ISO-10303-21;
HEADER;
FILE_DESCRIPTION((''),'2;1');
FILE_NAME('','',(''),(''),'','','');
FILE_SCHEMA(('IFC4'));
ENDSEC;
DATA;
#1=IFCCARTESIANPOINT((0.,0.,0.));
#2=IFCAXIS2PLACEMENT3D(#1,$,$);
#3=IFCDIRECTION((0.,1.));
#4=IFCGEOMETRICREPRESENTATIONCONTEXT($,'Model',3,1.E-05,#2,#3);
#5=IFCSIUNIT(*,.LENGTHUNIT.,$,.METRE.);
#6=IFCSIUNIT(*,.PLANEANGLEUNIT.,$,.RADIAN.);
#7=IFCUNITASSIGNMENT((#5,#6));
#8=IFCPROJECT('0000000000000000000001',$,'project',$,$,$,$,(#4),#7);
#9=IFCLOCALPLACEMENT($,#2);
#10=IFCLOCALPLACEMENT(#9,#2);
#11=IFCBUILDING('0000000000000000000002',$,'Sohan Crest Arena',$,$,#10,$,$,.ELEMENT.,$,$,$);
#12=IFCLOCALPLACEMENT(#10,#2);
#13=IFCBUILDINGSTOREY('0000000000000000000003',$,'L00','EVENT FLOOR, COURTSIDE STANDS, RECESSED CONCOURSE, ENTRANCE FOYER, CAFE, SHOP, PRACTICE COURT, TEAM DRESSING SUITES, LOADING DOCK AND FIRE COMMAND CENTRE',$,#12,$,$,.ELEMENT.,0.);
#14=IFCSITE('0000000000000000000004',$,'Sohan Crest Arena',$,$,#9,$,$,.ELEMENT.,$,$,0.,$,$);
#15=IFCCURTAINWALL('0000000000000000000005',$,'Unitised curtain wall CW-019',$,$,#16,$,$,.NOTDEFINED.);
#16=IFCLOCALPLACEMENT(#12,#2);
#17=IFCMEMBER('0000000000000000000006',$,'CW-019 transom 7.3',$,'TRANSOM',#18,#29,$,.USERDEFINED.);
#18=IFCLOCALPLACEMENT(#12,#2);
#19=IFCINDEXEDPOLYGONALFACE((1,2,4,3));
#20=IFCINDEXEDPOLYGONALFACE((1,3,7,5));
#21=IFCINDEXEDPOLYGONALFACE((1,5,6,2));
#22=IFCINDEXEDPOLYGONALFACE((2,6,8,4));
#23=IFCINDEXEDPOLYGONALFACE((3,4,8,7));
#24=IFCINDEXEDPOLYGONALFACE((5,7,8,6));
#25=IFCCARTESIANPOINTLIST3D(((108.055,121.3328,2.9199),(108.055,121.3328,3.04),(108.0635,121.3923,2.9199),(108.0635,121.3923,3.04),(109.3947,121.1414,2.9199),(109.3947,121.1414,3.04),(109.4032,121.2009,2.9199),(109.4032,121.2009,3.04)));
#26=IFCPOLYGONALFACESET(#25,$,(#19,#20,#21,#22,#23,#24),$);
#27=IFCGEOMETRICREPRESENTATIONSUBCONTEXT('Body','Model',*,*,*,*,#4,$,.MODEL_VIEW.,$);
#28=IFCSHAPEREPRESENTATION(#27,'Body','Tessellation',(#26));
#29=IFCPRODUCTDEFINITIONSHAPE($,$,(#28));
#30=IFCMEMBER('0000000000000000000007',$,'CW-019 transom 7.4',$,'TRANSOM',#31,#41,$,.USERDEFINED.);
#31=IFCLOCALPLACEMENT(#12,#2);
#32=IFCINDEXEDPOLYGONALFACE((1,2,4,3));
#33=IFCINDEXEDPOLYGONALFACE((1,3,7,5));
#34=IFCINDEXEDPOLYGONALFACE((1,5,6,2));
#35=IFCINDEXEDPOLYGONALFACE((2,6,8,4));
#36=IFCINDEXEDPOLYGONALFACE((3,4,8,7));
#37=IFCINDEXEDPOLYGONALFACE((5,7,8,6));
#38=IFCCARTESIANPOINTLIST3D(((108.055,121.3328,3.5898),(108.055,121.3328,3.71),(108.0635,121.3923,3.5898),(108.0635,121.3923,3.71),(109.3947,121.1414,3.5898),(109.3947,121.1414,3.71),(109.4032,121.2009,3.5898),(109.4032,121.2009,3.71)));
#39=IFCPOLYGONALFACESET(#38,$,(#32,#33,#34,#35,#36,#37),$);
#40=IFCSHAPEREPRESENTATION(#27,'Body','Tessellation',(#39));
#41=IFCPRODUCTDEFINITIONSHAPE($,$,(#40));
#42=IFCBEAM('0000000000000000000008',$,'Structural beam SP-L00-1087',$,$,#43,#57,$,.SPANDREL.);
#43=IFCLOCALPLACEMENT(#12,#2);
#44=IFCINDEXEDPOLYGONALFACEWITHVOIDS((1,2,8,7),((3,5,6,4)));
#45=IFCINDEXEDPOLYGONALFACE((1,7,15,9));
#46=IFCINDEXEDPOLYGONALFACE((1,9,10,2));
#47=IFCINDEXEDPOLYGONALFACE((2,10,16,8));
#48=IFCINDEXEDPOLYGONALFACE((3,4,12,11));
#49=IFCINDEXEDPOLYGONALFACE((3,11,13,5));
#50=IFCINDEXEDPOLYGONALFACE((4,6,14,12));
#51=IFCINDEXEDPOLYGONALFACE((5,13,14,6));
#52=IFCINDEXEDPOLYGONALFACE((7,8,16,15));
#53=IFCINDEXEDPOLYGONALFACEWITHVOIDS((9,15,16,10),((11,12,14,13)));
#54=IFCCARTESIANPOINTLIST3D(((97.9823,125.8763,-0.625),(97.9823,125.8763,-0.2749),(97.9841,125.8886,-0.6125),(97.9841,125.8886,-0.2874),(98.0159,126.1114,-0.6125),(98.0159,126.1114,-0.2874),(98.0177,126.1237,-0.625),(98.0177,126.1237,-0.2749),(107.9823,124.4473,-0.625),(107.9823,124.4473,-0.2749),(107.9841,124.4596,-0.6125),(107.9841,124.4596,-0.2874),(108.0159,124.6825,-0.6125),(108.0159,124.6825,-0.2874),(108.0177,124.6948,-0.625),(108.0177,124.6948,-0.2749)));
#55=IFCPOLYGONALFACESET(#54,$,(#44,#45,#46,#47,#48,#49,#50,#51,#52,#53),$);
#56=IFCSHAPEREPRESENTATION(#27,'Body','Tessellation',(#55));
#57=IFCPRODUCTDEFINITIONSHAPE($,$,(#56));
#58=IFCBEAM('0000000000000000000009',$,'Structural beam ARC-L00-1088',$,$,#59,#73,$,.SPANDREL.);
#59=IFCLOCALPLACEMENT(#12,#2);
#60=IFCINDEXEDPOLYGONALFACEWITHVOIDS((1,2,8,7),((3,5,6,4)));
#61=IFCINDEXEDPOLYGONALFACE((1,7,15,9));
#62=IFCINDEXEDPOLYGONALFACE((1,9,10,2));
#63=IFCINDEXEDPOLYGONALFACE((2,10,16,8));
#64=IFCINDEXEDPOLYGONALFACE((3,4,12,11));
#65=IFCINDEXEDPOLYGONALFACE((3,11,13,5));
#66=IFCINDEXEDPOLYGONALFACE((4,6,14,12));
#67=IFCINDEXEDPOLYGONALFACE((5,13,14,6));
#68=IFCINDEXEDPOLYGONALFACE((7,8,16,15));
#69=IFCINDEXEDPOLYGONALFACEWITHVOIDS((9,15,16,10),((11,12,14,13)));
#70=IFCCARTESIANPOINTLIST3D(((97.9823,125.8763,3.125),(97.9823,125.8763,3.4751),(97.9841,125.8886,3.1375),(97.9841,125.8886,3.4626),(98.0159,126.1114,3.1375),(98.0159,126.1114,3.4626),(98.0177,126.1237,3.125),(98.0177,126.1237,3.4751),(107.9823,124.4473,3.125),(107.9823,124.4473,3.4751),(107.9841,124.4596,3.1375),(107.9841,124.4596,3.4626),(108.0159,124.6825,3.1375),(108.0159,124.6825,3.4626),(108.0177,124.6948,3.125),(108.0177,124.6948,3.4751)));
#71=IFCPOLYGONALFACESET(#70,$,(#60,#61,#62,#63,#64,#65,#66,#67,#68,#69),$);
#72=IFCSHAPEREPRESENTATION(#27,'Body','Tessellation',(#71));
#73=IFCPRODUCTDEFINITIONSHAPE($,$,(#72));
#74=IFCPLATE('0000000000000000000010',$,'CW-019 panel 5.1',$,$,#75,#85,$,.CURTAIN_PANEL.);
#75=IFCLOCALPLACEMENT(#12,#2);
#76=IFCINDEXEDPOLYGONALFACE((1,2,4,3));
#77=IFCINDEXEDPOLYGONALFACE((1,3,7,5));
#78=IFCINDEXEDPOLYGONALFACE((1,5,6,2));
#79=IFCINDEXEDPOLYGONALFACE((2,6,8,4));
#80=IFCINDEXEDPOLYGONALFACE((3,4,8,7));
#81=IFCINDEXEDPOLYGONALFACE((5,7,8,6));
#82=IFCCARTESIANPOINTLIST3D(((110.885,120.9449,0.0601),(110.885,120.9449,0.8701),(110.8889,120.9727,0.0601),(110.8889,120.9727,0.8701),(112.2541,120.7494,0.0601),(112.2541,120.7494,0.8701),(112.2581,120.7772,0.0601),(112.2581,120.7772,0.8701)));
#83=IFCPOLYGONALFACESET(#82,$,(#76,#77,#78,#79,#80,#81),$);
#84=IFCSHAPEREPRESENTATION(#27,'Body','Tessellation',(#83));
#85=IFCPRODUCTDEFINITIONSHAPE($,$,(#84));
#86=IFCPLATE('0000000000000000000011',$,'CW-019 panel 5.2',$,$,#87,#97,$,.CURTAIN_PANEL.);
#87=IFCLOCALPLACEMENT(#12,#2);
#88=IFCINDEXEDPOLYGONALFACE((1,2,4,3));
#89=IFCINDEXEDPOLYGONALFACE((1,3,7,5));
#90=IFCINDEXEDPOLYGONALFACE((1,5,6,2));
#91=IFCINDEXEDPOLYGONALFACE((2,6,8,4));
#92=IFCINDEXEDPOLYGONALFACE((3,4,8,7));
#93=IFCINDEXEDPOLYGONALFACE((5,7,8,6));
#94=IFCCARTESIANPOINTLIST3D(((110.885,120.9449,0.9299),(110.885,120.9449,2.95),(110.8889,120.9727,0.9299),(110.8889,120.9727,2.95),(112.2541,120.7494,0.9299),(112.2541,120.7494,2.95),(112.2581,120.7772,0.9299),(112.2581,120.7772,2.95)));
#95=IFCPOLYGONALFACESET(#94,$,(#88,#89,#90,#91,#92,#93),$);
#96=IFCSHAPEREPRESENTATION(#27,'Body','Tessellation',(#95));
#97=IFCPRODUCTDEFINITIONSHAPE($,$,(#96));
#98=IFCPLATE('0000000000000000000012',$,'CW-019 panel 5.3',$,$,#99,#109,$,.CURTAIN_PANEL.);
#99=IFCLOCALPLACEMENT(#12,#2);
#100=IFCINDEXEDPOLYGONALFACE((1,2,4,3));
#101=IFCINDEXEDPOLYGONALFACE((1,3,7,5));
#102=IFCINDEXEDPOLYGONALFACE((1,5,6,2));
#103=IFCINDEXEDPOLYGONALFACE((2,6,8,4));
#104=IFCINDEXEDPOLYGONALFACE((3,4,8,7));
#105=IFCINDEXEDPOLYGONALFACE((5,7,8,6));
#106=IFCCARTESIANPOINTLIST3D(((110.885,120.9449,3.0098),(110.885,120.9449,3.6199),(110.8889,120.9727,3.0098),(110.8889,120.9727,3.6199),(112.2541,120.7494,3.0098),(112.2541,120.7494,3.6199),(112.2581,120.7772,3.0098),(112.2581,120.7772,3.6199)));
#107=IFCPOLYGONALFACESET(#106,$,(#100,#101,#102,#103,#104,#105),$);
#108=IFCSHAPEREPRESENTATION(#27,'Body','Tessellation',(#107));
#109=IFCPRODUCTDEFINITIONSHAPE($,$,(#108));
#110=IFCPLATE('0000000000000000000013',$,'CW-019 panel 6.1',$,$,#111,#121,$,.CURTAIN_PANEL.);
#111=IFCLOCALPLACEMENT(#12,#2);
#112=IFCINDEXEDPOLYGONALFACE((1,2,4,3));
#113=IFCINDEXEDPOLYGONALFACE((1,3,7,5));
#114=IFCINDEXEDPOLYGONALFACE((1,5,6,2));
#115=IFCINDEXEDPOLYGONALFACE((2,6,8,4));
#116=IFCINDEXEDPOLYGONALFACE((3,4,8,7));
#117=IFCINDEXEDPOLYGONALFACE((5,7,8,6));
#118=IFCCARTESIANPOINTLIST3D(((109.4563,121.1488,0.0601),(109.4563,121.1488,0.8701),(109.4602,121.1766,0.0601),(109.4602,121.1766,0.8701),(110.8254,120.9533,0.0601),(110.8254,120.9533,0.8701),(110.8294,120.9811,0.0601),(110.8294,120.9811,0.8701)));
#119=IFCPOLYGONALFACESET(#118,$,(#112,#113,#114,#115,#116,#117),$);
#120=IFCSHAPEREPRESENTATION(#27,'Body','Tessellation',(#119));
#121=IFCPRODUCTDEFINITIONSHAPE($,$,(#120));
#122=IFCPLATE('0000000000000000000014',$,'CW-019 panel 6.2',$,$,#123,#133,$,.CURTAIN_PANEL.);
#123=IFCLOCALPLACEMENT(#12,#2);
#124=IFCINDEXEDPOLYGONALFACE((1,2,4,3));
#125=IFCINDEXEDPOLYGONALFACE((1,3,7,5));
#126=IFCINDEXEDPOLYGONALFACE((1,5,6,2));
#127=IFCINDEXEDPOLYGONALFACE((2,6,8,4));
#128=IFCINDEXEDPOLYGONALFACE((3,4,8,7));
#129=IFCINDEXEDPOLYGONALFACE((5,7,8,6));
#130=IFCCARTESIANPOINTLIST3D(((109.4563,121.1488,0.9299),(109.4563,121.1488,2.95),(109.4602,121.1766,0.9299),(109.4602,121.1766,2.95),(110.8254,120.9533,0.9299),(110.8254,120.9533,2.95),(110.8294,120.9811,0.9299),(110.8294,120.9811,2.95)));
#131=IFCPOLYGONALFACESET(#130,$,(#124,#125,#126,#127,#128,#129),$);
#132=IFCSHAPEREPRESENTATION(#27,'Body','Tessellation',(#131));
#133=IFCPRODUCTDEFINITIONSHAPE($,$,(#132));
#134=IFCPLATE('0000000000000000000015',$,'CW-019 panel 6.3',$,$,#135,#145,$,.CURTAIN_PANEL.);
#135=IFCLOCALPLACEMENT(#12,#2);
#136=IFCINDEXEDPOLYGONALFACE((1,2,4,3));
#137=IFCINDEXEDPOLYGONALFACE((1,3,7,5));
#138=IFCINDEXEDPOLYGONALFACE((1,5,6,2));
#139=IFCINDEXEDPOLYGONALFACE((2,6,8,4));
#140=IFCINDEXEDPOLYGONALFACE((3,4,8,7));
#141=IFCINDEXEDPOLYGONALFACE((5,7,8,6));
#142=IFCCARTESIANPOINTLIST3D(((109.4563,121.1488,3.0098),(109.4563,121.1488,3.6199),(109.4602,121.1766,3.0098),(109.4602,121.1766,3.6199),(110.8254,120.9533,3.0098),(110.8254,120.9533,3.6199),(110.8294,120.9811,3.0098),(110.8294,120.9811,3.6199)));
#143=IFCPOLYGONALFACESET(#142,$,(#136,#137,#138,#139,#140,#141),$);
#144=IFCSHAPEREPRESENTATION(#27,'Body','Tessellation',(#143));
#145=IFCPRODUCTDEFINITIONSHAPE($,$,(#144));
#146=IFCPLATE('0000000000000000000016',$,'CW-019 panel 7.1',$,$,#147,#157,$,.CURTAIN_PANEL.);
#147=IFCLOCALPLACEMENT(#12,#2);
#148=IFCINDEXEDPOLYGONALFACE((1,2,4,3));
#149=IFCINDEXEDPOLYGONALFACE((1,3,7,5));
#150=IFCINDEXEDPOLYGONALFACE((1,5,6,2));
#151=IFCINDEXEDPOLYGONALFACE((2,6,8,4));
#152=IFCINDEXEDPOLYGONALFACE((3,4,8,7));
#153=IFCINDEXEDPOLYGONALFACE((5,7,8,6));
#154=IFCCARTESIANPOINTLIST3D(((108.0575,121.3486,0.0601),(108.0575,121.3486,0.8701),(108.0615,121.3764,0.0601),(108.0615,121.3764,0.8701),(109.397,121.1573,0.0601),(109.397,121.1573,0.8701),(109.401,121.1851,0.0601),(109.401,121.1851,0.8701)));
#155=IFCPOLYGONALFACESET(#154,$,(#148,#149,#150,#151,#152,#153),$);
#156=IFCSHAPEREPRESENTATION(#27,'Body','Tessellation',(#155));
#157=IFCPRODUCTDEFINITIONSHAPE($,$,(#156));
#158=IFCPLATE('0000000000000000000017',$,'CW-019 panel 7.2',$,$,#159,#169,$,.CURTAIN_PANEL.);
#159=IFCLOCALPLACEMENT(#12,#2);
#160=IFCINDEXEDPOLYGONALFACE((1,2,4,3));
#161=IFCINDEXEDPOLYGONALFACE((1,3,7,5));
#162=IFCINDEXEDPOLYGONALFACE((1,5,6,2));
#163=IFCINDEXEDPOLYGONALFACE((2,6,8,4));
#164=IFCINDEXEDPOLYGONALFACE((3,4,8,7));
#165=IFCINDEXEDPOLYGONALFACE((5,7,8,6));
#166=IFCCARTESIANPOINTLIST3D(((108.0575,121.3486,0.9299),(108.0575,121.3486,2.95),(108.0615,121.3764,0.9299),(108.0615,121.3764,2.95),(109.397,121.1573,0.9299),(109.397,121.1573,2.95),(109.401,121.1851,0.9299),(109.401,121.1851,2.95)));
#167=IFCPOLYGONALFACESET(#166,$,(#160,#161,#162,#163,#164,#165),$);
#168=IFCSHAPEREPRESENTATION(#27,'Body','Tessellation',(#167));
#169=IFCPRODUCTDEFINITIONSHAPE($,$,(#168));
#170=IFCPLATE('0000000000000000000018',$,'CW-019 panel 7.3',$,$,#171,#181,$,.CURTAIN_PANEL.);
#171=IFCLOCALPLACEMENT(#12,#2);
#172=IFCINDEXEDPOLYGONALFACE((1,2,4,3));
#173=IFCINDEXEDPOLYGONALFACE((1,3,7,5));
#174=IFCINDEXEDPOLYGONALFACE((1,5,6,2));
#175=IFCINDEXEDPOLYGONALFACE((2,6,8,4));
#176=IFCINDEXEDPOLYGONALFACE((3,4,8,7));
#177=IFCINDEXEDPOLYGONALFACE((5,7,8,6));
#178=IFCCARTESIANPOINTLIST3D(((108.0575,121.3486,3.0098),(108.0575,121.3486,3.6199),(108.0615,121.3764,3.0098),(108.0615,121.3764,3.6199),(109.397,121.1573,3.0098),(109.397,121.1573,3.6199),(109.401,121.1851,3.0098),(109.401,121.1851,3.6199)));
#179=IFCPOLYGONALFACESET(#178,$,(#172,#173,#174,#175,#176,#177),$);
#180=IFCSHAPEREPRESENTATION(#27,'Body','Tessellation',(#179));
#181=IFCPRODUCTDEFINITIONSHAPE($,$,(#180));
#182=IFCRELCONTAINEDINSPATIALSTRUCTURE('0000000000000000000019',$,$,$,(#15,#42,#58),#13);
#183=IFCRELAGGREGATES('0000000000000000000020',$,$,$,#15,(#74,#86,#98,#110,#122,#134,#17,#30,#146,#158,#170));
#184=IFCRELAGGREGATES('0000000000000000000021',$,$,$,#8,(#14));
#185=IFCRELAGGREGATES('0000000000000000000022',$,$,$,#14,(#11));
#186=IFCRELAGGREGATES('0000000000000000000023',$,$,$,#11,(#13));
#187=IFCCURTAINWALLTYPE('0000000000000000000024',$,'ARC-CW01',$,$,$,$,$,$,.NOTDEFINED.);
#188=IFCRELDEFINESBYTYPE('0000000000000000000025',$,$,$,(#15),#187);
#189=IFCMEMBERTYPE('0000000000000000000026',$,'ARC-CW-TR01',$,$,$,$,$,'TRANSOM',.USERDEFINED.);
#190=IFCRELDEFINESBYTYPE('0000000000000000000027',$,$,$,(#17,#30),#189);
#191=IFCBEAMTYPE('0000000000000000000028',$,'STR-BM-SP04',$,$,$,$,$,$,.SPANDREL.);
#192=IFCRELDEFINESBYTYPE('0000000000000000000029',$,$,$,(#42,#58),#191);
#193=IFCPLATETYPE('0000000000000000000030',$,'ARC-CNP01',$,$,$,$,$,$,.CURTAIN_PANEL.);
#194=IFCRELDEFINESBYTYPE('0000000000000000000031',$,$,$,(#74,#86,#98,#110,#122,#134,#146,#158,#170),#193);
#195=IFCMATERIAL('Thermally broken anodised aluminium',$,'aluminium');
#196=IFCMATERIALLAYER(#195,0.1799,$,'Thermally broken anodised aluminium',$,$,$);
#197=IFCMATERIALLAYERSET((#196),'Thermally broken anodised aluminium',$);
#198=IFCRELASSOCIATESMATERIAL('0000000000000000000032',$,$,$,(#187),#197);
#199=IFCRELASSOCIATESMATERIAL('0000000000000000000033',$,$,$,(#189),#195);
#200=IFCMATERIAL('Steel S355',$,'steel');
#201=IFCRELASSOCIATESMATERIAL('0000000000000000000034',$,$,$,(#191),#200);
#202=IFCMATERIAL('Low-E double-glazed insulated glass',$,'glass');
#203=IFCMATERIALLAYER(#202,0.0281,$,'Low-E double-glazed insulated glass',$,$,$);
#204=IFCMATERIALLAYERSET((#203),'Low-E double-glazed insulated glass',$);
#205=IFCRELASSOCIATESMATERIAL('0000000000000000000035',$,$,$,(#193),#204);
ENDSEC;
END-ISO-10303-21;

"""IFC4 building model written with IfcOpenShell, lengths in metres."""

from ifc_helpers import new_model, si_unit, direction, frame, origin, origin_2d, place, context, subcontext, project, spatial, rectangle, hollow_rectangle, extrude, material, layer, layer_set, material_profile, profile_set, type_object, element, aggregate, save


model = new_model("IFC4")

# Units and contexts
model_context = context("Model", 3, precision=1e-05, world=origin(), true_north=direction((0.0, 1.0)))
body_context = subcontext(model_context, "Body", "Model", "MODEL_VIEW")
ifc_project = project(units=[si_unit("LENGTHUNIT", "METRE"), si_unit("PLANEANGLEUNIT", "RADIAN")], contexts=[model_context])

# Site, building, storey
site_placement = place(None, origin())
site = spatial("IfcSite", under=ifc_project, at=site_placement, Name="Sohan Crest Arena", CompositionType="ELEMENT", RefElevation=0.0)
building_placement = place(site_placement, origin())
building = spatial("IfcBuilding", under=site, at=building_placement, Name="Sohan Crest Arena", CompositionType="ELEMENT")
storey_placement = place(building_placement, origin())
storey = spatial("IfcBuildingStorey", under=building, at=storey_placement, Name="L00", Description="EVENT FLOOR, COURTSIDE STANDS, RECESSED CONCOURSE, ENTRANCE FOYER, CAFE, SHOP, PRACTICE COURT, TEAM DRESSING SUITES, LOADING DOCK AND FIRE COMMAND CENTRE", CompositionType="ELEMENT", Elevation=0.0)

# Curtain wall, members
ifc_material_1 = material(Name="Thermally broken anodised aluminium", Category="aluminium")
ifc_layer_1 = layer(ifc_material_1, 0.1799, Name="Thermally broken anodised aluminium")
ifc_layer_set_1 = layer_set([ifc_layer_1], Name="Thermally broken anodised aluminium")
curtain_wall_type = type_object("IfcCurtainWallType", Name="ARC-CW01", PredefinedType="NOTDEFINED", material=ifc_layer_set_1)
curtain_wall_placement = place(storey_placement, origin())
curtain_wall = element("IfcCurtainWall", 1, at=curtain_wall_placement, inside=storey, type_object=curtain_wall_type, Name="Unitised curtain wall CW-019", PredefinedType="NOTDEFINED")
ifc_material_profile_1 = material_profile(ifc_material_1, rectangle(XDim=0.0601, YDim=0.1201, at=origin_2d()), Name="ALU-TRAN 60x120")
ifc_profile_set_1 = profile_set([ifc_material_profile_1], Name="Thermally broken anodised aluminium")
member_type_1 = type_object("IfcMemberType", Name="ARC-CW-TR01", ElementType="TRANSOM", PredefinedType="USERDEFINED", material=ifc_profile_set_1)
member_1_placement = place(storey_placement, frame((109.3989, 121.1711, 2.98), z_axis=(-0.989946, 0.141447, 0.0), x_axis=(-0.141447, -0.989946, 0.0)))
member_1 = element("IfcMember", 2, at=member_1_placement, type_object=member_type_1, Name="CW-019 transom 7.3", ObjectType="TRANSOM", PredefinedType="USERDEFINED", context=body_context, shape_type="SweptSolid", body=[
    extrude(rectangle(XDim=0.0601, YDim=0.1201, at=origin_2d()), origin(), (0.0, 0.0, 1.0), 1.3533),
])
member_2_placement = place(storey_placement, frame((109.3989, 121.1711, 3.6499), z_axis=(-0.989946, 0.141447, 0.0), x_axis=(-0.141447, -0.989946, 0.0)))
member_2 = element("IfcMember", 3, at=member_2_placement, type_object=member_type_1, Name="CW-019 transom 7.4", ObjectType="TRANSOM", PredefinedType="USERDEFINED", context=body_context, shape_type="SweptSolid", body=[
    extrude(rectangle(XDim=0.0601, YDim=0.1201, at=origin_2d()), origin(), (0.0, 0.0, 1.0), 1.3533),
])

# Beams
ifc_material_2 = material(Name="Steel S355", Category="steel")
ifc_material_profile_2 = material_profile(ifc_material_2, hollow_rectangle(XDim=0.25, YDim=0.3501, WallThickness=0.0125, at=origin_2d()), Name="RHS 350x250x12.5")
ifc_profile_set_2 = profile_set([ifc_material_profile_2], Name="Steel S355")
beam_type = type_object("IfcBeamType", Name="STR-BM-SP04", PredefinedType="SPANDREL", material=ifc_profile_set_2)
for number, where, z_axis, x_axis, name in (
    (4, (108.0, 124.571, -0.45), (-0.989944, 0.141459, 0.0), (-0.141459, -0.989944, 0.0), "Structural beam SP-L00-1087"),
    (5, (108.0, 124.571, 3.3), (-0.989944, 0.141459, 0.0), (-0.141459, -0.989944, 0.0), "Structural beam ARC-L00-1088"),
):
    element("IfcBeam", number, at=place(storey_placement, frame(where, z_axis=z_axis, x_axis=x_axis)), inside=storey, type_object=beam_type, Name=name, PredefinedType="SPANDREL", context=body_context, shape_type="SweptSolid", body=[
        extrude(hollow_rectangle(XDim=0.25, YDim=0.3501, WallThickness=0.0125, at=origin_2d()), origin(), (0.0, 0.0, 1.0), 10.1016),
    ])

# Plates
ifc_material_3 = material(Name="Low-E double-glazed insulated glass", Category="glass")
ifc_layer_2 = layer(ifc_material_3, 0.0281, Name="Low-E double-glazed insulated glass")
ifc_layer_set_2 = layer_set([ifc_layer_2], Name="Low-E double-glazed insulated glass")
plate_type = type_object("IfcPlateType", Name="ARC-CNP01", PredefinedType="CURTAIN_PANEL", material=ifc_layer_set_2)
plate_1_placement = place(storey_placement, frame((111.5715, 120.8611, 0.0601), z_axis=(0.0, 0.0, 1.0), x_axis=(-0.989957, 0.141366, 0.0)))
plate_1 = element("IfcPlate", 6, at=plate_1_placement, type_object=plate_type, Name="CW-019 panel 5.1", PredefinedType="CURTAIN_PANEL", context=body_context, shape_type="SweptSolid", body=[
    extrude(rectangle(XDim=1.3831, YDim=0.0281, at=origin_2d()), origin(), (0.0, 0.0, 1.0), 0.8101),
])
plate_2_placement = place(storey_placement, frame((111.5715, 120.8611, 0.9299), z_axis=(0.0, 0.0, 1.0), x_axis=(-0.989957, 0.141366, 0.0)))
plate_2 = element("IfcPlate", 7, at=plate_2_placement, type_object=plate_type, Name="CW-019 panel 5.2", PredefinedType="CURTAIN_PANEL", context=body_context, shape_type="SweptSolid", body=[
    extrude(rectangle(XDim=1.3831, YDim=0.0281, at=origin_2d()), origin(), (0.0, 0.0, 1.0), 2.02),
])
plate_3_placement = place(storey_placement, frame((111.5715, 120.8611, 3.0098), z_axis=(0.0, 0.0, 1.0), x_axis=(-0.989957, 0.141366, 0.0)))
plate_3 = element("IfcPlate", 8, at=plate_3_placement, type_object=plate_type, Name="CW-019 panel 5.3", PredefinedType="CURTAIN_PANEL", context=body_context, shape_type="SweptSolid", body=[
    extrude(rectangle(XDim=1.3831, YDim=0.0281, at=origin_2d()), origin(), (0.0, 0.0, 1.0), 0.6101),
])
plate_4_placement = place(storey_placement, frame((110.1428, 121.0649, 0.0601), z_axis=(0.0, 0.0, 1.0), x_axis=(-0.989957, 0.141366, 0.0)))
plate_4 = element("IfcPlate", 9, at=plate_4_placement, type_object=plate_type, Name="CW-019 panel 6.1", PredefinedType="CURTAIN_PANEL", context=body_context, shape_type="SweptSolid", body=[
    extrude(rectangle(XDim=1.3831, YDim=0.0281, at=origin_2d()), origin(), (0.0, 0.0, 1.0), 0.8101),
])
plate_5_placement = place(storey_placement, frame((110.1428, 121.0649, 0.9299), z_axis=(0.0, 0.0, 1.0), x_axis=(-0.989957, 0.141366, 0.0)))
plate_5 = element("IfcPlate", 10, at=plate_5_placement, type_object=plate_type, Name="CW-019 panel 6.2", PredefinedType="CURTAIN_PANEL", context=body_context, shape_type="SweptSolid", body=[
    extrude(rectangle(XDim=1.3831, YDim=0.0281, at=origin_2d()), origin(), (0.0, 0.0, 1.0), 2.02),
])
plate_6_placement = place(storey_placement, frame((110.1428, 121.0649, 3.0098), z_axis=(0.0, 0.0, 1.0), x_axis=(-0.989957, 0.141366, 0.0)))
plate_6 = element("IfcPlate", 11, at=plate_6_placement, type_object=plate_type, Name="CW-019 panel 6.3", PredefinedType="CURTAIN_PANEL", context=body_context, shape_type="SweptSolid", body=[
    extrude(rectangle(XDim=1.3831, YDim=0.0281, at=origin_2d()), origin(), (0.0, 0.0, 1.0), 0.6101),
])
plate_7_placement = place(storey_placement, frame((108.7292, 121.2668, 0.0601), z_axis=(0.0, 0.0, 1.0), x_axis=(-0.989957, 0.141366, 0.0)))
plate_7 = element("IfcPlate", 12, at=plate_7_placement, type_object=plate_type, Name="CW-019 panel 7.1", PredefinedType="CURTAIN_PANEL", context=body_context, shape_type="SweptSolid", body=[
    extrude(rectangle(XDim=1.353, YDim=0.0281, at=origin_2d()), origin(), (0.0, 0.0, 1.0), 0.8101),
])
plate_8_placement = place(storey_placement, frame((108.7292, 121.2668, 0.9299), z_axis=(0.0, 0.0, 1.0), x_axis=(-0.989957, 0.141366, 0.0)))
plate_8 = element("IfcPlate", 13, at=plate_8_placement, type_object=plate_type, Name="CW-019 panel 7.2", PredefinedType="CURTAIN_PANEL", context=body_context, shape_type="SweptSolid", body=[
    extrude(rectangle(XDim=1.353, YDim=0.0281, at=origin_2d()), origin(), (0.0, 0.0, 1.0), 2.02),
])
plate_9_placement = place(storey_placement, frame((108.7292, 121.2668, 3.0098), z_axis=(0.0, 0.0, 1.0), x_axis=(-0.989957, 0.141366, 0.0)))
plate_9 = element("IfcPlate", 14, at=plate_9_placement, type_object=plate_type, Name="CW-019 panel 7.3", PredefinedType="CURTAIN_PANEL", context=body_context, shape_type="SweptSolid", body=[
    extrude(rectangle(XDim=1.353, YDim=0.0281, at=origin_2d()), origin(), (0.0, 0.0, 1.0), 0.6101),
])
aggregate(curtain_wall, [plate_1, plate_2, plate_3, plate_4, plate_5, plate_6, member_1, member_2, plate_7, plate_8, plate_9])

save(model, "model.ifc")
